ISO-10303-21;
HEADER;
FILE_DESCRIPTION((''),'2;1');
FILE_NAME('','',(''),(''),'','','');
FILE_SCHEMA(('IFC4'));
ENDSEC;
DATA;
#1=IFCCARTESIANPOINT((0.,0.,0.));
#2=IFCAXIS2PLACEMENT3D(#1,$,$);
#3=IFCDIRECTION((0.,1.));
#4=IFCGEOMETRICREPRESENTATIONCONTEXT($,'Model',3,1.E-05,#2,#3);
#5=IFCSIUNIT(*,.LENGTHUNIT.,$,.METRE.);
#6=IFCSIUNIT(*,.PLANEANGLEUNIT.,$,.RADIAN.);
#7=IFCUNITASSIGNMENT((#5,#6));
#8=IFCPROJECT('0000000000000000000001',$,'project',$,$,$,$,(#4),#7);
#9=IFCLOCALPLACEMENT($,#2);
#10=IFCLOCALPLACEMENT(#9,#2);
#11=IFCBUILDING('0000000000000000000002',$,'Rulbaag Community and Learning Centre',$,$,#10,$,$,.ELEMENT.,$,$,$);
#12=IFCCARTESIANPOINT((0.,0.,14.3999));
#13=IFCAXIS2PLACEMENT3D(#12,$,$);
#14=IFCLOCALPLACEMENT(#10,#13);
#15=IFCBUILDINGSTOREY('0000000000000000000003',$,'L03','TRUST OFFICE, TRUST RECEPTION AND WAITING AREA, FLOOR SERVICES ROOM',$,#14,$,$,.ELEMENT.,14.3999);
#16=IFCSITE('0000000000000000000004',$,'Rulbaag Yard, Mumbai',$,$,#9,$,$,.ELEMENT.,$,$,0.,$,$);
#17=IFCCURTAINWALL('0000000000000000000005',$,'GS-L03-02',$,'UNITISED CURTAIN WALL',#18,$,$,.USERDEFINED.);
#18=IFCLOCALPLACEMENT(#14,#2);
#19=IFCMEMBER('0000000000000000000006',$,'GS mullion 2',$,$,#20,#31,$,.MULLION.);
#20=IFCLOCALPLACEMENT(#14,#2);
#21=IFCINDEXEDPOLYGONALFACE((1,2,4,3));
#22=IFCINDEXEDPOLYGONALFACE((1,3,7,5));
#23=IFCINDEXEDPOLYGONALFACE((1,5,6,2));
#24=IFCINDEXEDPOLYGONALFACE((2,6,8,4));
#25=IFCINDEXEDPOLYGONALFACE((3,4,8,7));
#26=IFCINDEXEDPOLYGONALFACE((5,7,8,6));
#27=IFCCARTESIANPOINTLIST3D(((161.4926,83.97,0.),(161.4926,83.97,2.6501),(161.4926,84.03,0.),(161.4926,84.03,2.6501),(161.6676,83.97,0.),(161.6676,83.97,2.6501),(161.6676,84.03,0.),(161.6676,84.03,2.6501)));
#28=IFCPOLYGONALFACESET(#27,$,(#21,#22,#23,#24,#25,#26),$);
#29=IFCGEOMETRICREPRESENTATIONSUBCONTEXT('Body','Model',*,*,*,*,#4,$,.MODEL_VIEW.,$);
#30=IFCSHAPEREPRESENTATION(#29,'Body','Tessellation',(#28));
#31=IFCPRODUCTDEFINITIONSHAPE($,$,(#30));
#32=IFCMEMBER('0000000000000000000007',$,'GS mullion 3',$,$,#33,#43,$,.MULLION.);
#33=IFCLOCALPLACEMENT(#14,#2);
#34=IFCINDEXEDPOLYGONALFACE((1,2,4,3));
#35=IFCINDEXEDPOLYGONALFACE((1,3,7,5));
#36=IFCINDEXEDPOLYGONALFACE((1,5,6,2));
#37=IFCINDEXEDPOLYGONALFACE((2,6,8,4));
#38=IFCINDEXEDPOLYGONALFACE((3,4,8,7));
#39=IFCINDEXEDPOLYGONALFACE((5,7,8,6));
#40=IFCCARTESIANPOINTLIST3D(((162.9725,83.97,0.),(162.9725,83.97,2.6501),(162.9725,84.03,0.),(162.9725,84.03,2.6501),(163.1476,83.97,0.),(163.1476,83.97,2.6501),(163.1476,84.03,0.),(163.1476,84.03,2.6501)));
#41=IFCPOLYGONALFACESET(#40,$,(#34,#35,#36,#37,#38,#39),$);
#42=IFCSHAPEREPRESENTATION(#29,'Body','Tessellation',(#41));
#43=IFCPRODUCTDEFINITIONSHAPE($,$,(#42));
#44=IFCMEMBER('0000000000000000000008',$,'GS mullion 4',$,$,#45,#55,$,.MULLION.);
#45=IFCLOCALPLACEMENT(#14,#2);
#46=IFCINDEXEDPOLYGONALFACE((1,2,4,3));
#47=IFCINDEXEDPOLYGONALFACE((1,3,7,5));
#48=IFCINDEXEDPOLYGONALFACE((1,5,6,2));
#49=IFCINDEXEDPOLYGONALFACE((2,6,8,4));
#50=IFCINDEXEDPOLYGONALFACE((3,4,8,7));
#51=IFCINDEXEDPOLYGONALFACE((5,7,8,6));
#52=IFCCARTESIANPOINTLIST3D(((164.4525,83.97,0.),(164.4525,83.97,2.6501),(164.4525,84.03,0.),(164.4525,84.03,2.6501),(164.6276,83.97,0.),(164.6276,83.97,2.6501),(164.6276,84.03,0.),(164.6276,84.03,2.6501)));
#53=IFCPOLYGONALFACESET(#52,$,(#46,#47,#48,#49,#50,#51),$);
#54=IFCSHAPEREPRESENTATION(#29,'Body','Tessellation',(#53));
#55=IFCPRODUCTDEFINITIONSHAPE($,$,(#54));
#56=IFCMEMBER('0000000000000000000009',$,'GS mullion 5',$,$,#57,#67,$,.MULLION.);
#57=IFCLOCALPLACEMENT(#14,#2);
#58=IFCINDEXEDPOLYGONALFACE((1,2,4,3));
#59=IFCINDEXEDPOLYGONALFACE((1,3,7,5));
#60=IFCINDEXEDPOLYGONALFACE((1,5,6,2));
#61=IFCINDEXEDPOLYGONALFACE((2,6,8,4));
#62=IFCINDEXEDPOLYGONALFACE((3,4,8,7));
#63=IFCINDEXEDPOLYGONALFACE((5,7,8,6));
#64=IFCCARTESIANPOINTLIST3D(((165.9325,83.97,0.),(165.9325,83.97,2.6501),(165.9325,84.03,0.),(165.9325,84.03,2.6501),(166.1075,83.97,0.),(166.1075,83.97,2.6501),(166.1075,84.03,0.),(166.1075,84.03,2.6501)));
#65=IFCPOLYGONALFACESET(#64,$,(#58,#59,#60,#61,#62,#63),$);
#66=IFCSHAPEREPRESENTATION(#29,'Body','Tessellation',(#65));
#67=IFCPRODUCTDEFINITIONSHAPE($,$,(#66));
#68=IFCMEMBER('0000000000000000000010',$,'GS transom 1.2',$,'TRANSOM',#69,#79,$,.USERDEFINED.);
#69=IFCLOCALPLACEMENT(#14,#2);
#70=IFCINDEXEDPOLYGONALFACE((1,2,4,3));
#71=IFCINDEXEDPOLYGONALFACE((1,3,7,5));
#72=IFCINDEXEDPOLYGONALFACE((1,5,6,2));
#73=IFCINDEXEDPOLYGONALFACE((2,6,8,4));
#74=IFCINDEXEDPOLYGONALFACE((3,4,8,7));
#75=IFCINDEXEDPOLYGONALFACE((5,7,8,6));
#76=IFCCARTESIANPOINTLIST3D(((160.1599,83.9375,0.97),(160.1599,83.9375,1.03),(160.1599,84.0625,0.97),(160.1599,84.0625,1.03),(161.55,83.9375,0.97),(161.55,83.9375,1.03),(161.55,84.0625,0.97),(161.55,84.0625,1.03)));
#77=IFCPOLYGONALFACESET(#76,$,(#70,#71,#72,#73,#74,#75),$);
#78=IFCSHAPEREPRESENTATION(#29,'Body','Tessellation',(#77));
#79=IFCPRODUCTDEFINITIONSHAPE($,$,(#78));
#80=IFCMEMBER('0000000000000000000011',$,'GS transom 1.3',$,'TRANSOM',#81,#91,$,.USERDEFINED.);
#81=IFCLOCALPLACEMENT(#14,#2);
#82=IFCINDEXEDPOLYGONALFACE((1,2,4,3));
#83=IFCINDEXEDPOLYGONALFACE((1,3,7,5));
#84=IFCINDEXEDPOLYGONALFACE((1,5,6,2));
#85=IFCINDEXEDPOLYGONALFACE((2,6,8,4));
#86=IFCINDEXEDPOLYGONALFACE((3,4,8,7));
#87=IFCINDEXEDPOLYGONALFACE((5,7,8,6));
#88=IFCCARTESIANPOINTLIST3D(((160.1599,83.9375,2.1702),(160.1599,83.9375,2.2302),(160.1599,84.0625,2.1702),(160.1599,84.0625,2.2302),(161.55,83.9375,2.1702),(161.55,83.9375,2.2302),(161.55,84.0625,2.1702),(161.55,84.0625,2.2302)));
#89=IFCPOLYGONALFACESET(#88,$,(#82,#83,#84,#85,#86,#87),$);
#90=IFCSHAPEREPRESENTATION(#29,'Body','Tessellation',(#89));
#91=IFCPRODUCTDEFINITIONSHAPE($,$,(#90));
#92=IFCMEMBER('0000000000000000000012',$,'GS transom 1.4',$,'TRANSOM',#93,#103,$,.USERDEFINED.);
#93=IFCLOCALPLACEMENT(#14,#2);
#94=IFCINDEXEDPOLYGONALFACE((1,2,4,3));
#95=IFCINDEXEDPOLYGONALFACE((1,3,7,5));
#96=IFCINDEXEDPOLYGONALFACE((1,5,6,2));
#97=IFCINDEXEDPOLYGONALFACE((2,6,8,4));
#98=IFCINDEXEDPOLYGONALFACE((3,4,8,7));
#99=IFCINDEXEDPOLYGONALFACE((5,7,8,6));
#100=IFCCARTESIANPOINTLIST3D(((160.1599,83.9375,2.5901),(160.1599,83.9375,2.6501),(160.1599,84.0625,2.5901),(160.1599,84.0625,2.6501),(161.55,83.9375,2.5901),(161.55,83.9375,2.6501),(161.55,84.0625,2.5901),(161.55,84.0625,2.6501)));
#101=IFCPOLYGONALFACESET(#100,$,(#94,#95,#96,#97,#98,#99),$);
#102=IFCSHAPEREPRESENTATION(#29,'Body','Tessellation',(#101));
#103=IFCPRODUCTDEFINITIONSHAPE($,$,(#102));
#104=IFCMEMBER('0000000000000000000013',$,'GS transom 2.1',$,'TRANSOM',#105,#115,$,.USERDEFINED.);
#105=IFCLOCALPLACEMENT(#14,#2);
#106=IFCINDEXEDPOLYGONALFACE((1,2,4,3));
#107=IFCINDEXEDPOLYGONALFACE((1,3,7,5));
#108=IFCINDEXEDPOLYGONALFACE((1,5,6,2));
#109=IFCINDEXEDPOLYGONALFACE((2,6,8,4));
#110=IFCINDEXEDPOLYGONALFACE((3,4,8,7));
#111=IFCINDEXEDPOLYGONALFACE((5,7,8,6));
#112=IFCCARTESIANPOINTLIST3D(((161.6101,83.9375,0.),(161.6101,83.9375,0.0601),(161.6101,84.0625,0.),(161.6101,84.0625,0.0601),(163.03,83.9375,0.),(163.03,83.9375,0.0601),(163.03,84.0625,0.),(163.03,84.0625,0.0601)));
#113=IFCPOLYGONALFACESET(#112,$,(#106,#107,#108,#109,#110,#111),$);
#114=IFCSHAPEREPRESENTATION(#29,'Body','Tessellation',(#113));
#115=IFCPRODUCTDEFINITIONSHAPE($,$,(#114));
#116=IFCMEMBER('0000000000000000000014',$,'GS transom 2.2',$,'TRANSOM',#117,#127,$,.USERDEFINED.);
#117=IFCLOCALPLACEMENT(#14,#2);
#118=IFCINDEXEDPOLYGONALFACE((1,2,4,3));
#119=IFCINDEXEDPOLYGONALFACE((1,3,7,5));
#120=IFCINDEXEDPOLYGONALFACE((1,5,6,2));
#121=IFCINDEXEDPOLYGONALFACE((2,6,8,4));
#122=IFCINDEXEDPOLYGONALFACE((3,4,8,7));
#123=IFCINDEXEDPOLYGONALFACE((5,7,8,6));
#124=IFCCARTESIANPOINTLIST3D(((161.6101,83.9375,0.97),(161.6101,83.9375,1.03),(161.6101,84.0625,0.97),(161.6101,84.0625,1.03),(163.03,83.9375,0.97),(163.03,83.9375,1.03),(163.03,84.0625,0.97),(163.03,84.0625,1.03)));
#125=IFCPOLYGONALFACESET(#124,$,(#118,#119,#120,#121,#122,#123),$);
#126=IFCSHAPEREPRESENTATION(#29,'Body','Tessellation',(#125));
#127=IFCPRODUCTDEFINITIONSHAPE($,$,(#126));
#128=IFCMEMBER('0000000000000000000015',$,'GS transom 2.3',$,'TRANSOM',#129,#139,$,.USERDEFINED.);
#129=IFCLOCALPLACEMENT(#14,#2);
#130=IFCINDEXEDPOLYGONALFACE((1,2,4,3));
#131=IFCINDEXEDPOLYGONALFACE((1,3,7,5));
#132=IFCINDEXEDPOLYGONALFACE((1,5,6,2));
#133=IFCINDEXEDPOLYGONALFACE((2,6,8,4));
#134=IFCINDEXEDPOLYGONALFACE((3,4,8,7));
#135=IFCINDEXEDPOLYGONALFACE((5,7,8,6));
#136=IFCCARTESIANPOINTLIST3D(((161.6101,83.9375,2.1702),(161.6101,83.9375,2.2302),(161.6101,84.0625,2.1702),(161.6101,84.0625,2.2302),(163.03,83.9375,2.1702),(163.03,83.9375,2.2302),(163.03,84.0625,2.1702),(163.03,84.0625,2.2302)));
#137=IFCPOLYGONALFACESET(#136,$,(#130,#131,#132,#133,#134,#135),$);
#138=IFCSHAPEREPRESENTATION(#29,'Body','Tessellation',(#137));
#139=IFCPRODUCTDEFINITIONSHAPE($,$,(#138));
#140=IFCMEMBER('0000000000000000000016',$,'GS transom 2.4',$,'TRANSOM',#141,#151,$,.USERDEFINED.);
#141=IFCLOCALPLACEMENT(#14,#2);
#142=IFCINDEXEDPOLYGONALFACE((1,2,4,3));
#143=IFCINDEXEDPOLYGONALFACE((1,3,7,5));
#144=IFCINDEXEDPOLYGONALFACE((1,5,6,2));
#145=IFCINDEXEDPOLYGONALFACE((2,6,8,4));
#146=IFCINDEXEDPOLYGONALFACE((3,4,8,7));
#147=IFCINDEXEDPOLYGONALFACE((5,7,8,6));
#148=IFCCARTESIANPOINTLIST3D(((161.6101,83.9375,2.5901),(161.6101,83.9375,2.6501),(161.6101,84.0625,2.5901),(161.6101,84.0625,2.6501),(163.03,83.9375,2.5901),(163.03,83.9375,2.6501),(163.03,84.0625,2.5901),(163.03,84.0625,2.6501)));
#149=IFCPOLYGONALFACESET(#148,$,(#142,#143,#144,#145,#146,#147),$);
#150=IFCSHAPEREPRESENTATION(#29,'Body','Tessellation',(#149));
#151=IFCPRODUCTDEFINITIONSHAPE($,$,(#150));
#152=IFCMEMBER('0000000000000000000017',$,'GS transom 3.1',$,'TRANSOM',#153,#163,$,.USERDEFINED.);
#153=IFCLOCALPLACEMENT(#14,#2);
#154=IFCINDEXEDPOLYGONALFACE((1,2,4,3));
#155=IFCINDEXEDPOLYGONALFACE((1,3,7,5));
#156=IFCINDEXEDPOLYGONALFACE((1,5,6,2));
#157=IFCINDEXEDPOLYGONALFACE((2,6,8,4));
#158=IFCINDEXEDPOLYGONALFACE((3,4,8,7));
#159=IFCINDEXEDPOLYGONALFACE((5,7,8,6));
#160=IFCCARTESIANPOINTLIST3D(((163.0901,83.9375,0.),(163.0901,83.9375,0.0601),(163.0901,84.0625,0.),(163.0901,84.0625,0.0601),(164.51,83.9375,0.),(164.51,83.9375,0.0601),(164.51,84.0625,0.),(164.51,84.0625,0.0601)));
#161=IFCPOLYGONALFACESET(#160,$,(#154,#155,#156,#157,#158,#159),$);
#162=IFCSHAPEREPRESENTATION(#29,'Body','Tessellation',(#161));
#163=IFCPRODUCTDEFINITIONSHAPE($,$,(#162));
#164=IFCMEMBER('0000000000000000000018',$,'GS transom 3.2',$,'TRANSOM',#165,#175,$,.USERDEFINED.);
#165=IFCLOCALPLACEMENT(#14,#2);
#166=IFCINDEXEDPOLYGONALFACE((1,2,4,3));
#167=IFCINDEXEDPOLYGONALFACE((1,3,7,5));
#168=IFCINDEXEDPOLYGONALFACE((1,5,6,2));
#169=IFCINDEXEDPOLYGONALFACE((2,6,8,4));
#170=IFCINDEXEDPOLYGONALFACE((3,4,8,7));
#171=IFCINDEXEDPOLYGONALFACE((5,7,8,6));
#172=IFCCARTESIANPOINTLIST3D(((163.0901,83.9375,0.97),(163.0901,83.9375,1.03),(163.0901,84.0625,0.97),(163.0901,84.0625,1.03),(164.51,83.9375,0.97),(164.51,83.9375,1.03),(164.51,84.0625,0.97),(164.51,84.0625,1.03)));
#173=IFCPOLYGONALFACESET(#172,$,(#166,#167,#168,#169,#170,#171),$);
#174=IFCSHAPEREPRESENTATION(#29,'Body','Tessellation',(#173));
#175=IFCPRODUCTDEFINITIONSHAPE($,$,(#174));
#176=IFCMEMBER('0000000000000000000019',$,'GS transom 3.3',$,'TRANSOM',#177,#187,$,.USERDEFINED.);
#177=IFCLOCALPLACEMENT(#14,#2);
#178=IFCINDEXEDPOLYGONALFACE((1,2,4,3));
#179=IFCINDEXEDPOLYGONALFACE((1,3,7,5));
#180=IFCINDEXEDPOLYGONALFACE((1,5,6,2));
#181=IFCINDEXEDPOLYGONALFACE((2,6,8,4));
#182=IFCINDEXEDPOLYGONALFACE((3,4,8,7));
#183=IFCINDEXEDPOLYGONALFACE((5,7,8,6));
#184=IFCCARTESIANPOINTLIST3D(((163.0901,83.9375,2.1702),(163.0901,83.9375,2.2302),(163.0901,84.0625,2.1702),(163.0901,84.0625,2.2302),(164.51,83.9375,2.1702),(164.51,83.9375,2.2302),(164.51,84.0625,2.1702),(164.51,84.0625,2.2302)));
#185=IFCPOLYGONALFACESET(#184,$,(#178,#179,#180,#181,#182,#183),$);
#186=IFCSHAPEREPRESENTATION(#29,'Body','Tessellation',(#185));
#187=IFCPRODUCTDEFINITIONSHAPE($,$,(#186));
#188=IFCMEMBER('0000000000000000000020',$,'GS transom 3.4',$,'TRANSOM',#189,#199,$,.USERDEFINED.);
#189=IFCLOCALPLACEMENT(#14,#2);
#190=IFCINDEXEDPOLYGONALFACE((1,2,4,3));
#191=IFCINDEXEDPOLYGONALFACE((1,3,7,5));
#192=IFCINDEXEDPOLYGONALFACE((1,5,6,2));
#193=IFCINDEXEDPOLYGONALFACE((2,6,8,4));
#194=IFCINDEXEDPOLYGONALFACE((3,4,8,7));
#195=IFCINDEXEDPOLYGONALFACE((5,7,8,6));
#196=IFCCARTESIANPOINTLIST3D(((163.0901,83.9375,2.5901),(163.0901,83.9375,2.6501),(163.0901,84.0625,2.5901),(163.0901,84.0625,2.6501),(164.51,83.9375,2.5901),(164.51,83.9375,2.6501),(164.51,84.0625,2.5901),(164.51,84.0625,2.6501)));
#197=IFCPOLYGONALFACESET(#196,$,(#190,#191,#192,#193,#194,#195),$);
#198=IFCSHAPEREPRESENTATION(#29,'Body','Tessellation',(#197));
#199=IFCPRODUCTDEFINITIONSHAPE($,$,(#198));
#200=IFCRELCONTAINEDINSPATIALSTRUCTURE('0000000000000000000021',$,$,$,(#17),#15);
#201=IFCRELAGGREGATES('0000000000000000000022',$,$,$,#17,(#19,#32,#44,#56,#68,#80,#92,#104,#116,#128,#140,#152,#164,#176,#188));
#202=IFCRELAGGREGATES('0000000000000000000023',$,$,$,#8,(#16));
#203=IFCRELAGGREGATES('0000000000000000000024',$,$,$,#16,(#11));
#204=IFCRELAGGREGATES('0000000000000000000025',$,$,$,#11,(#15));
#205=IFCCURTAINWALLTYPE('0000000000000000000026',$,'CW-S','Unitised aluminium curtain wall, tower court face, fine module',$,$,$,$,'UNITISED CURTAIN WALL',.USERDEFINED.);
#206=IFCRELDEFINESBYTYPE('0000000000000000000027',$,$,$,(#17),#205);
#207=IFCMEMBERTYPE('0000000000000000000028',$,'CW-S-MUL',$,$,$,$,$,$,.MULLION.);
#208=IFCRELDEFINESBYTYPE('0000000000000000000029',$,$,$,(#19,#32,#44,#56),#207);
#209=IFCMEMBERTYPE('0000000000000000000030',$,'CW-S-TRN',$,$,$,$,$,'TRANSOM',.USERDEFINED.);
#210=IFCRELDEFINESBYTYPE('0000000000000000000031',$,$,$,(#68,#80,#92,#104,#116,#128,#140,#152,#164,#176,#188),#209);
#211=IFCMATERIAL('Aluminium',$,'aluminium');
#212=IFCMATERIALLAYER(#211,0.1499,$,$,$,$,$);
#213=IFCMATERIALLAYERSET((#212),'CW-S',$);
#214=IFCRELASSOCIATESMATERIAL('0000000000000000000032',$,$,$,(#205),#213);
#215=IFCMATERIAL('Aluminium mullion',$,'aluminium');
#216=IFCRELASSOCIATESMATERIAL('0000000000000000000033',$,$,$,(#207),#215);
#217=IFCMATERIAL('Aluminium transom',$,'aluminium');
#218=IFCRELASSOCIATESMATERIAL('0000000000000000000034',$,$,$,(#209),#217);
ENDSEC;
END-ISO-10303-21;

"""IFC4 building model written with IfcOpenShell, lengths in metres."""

from ifc_helpers import new_model, si_unit, direction, frame, origin, origin_2d, place, context, subcontext, project, spatial, rectangle, extrude, material, layer, layer_set, material_profile, profile_set, type_object, element, aggregate, save


model = new_model("IFC4")

# Units and contexts
model_context = context("Model", 3, precision=1e-05, world=origin(), true_north=direction((0.0, 1.0)))
body_context = subcontext(model_context, "Body", "Model", "MODEL_VIEW")
ifc_project = project(units=[si_unit("LENGTHUNIT", "METRE"), si_unit("PLANEANGLEUNIT", "RADIAN")], contexts=[model_context])

# Site, building, storey
site_placement = place(None, origin())
site = spatial("IfcSite", under=ifc_project, at=site_placement, Name="Rulbaag Yard, Mumbai", CompositionType="ELEMENT", RefElevation=0.0)
building_placement = place(site_placement, origin())
building = spatial("IfcBuilding", under=site, at=building_placement, Name="Rulbaag Community and Learning Centre", CompositionType="ELEMENT")
storey_placement = place(building_placement, frame((0.0, 0.0, 14.3999)))
storey = spatial("IfcBuildingStorey", under=building, at=storey_placement, Name="L03", Description="TRUST OFFICE, TRUST RECEPTION AND WAITING AREA, FLOOR SERVICES ROOM", CompositionType="ELEMENT", Elevation=14.3999)

# Curtain wall, members
ifc_material_1 = material(Name="Aluminium", Category="aluminium")
ifc_layer_1 = layer(ifc_material_1, 0.1499)
ifc_layer_set_1 = layer_set([ifc_layer_1], Name="CW-S")
curtain_wall_type = type_object("IfcCurtainWallType", Name="CW-S", Description="Unitised aluminium curtain wall, tower court face, fine module", ElementType="UNITISED CURTAIN WALL", PredefinedType="USERDEFINED", material=ifc_layer_set_1)
curtain_wall_placement = place(storey_placement, origin())
curtain_wall = element("IfcCurtainWall", 1, at=curtain_wall_placement, inside=storey, type_object=curtain_wall_type, Name="GS-L03-02", ObjectType="UNITISED CURTAIN WALL", PredefinedType="USERDEFINED")
ifc_material_2 = material(Name="Aluminium mullion", Category="aluminium")
ifc_material_profile_1 = material_profile(ifc_material_2, rectangle(XDim=0.0601, YDim=0.175, at=origin_2d()), Name="AL 60x175")
ifc_profile_set_1 = profile_set([ifc_material_profile_1], Name="Aluminium mullion")
member_type_1 = type_object("IfcMemberType", Name="CW-S-MUL", PredefinedType="MULLION", material=ifc_profile_set_1)
member_1_placement = place(storey_placement, frame((161.5801, 84.0, 0.0), z_axis=(0.0, 0.0, 1.0), x_axis=(0.0, 1.0, 0.0)))
member_1 = element("IfcMember", 2, at=member_1_placement, type_object=member_type_1, Name="GS mullion 2", PredefinedType="MULLION", context=body_context, shape_type="SweptSolid", body=[
    extrude(rectangle(XDim=0.0601, YDim=0.175, at=origin_2d()), origin(), (0.0, 0.0, 1.0), 2.6501),
])
member_2_placement = place(storey_placement, frame((163.0601, 84.0, 0.0), z_axis=(0.0, 0.0, 1.0), x_axis=(0.0, 1.0, 0.0)))
member_2 = element("IfcMember", 3, at=member_2_placement, type_object=member_type_1, Name="GS mullion 3", PredefinedType="MULLION", context=body_context, shape_type="SweptSolid", body=[
    extrude(rectangle(XDim=0.0601, YDim=0.175, at=origin_2d()), origin(), (0.0, 0.0, 1.0), 2.6501),
])
member_3_placement = place(storey_placement, frame((164.54, 84.0, 0.0), z_axis=(0.0, 0.0, 1.0), x_axis=(0.0, 1.0, 0.0)))
member_3 = element("IfcMember", 4, at=member_3_placement, type_object=member_type_1, Name="GS mullion 4", PredefinedType="MULLION", context=body_context, shape_type="SweptSolid", body=[
    extrude(rectangle(XDim=0.0601, YDim=0.175, at=origin_2d()), origin(), (0.0, 0.0, 1.0), 2.6501),
])
member_4_placement = place(storey_placement, frame((166.02, 84.0, 0.0), z_axis=(0.0, 0.0, 1.0), x_axis=(0.0, 1.0, 0.0)))
member_4 = element("IfcMember", 5, at=member_4_placement, type_object=member_type_1, Name="GS mullion 5", PredefinedType="MULLION", context=body_context, shape_type="SweptSolid", body=[
    extrude(rectangle(XDim=0.0601, YDim=0.175, at=origin_2d()), origin(), (0.0, 0.0, 1.0), 2.6501),
])
ifc_material_3 = material(Name="Aluminium transom", Category="aluminium")
ifc_material_profile_2 = material_profile(ifc_material_3, rectangle(XDim=0.125, YDim=0.0601, at=origin_2d()), Name="AL 60x125 T")
ifc_profile_set_2 = profile_set([ifc_material_profile_2], Name="Aluminium transom")
member_type_2 = type_object("IfcMemberType", Name="CW-S-TRN", ElementType="TRANSOM", PredefinedType="USERDEFINED", material=ifc_profile_set_2)
member_5_placement = place(storey_placement, frame((160.1599, 84.0, 1.0), z_axis=(1.0, 0.0, 0.0), x_axis=(0.0, 1.0, 0.0)))
member_5 = element("IfcMember", 6, at=member_5_placement, type_object=member_type_2, Name="GS transom 1.2", ObjectType="TRANSOM", PredefinedType="USERDEFINED", context=body_context, shape_type="SweptSolid", body=[
    extrude(rectangle(XDim=0.125, YDim=0.0601, at=origin_2d()), origin(), (0.0, 0.0, 1.0), 1.3901),
])
member_6_placement = place(storey_placement, frame((160.1599, 84.0, 2.2002), z_axis=(1.0, 0.0, 0.0), x_axis=(0.0, 1.0, 0.0)))
member_6 = element("IfcMember", 7, at=member_6_placement, type_object=member_type_2, Name="GS transom 1.3", ObjectType="TRANSOM", PredefinedType="USERDEFINED", context=body_context, shape_type="SweptSolid", body=[
    extrude(rectangle(XDim=0.125, YDim=0.0601, at=origin_2d()), origin(), (0.0, 0.0, 1.0), 1.3901),
])
member_7_placement = place(storey_placement, frame((160.1599, 84.0, 2.6201), z_axis=(1.0, 0.0, 0.0), x_axis=(0.0, 1.0, 0.0)))
member_7 = element("IfcMember", 8, at=member_7_placement, type_object=member_type_2, Name="GS transom 1.4", ObjectType="TRANSOM", PredefinedType="USERDEFINED", context=body_context, shape_type="SweptSolid", body=[
    extrude(rectangle(XDim=0.125, YDim=0.0601, at=origin_2d()), origin(), (0.0, 0.0, 1.0), 1.3901),
])
member_8_placement = place(storey_placement, frame((161.6101, 84.0, 0.03), z_axis=(1.0, 0.0, 0.0), x_axis=(0.0, 1.0, 0.0)))
member_8 = element("IfcMember", 9, at=member_8_placement, type_object=member_type_2, Name="GS transom 2.1", ObjectType="TRANSOM", PredefinedType="USERDEFINED", context=body_context, shape_type="SweptSolid", body=[
    extrude(rectangle(XDim=0.125, YDim=0.0601, at=origin_2d()), origin(), (0.0, 0.0, 1.0), 1.4199),
])
member_9_placement = place(storey_placement, frame((161.6101, 84.0, 1.0), z_axis=(1.0, 0.0, 0.0), x_axis=(0.0, 1.0, 0.0)))
member_9 = element("IfcMember", 10, at=member_9_placement, type_object=member_type_2, Name="GS transom 2.2", ObjectType="TRANSOM", PredefinedType="USERDEFINED", context=body_context, shape_type="SweptSolid", body=[
    extrude(rectangle(XDim=0.125, YDim=0.0601, at=origin_2d()), origin(), (0.0, 0.0, 1.0), 1.4199),
])
member_10_placement = place(storey_placement, frame((161.6101, 84.0, 2.2002), z_axis=(1.0, 0.0, 0.0), x_axis=(0.0, 1.0, 0.0)))
member_10 = element("IfcMember", 11, at=member_10_placement, type_object=member_type_2, Name="GS transom 2.3", ObjectType="TRANSOM", PredefinedType="USERDEFINED", context=body_context, shape_type="SweptSolid", body=[
    extrude(rectangle(XDim=0.125, YDim=0.0601, at=origin_2d()), origin(), (0.0, 0.0, 1.0), 1.4199),
])
member_11_placement = place(storey_placement, frame((161.6101, 84.0, 2.6201), z_axis=(1.0, 0.0, 0.0), x_axis=(0.0, 1.0, 0.0)))
member_11 = element("IfcMember", 12, at=member_11_placement, type_object=member_type_2, Name="GS transom 2.4", ObjectType="TRANSOM", PredefinedType="USERDEFINED", context=body_context, shape_type="SweptSolid", body=[
    extrude(rectangle(XDim=0.125, YDim=0.0601, at=origin_2d()), origin(), (0.0, 0.0, 1.0), 1.4199),
])
member_12_placement = place(storey_placement, frame((163.0901, 84.0, 0.03), z_axis=(1.0, 0.0, 0.0), x_axis=(0.0, 1.0, 0.0)))
member_12 = element("IfcMember", 13, at=member_12_placement, type_object=member_type_2, Name="GS transom 3.1", ObjectType="TRANSOM", PredefinedType="USERDEFINED", context=body_context, shape_type="SweptSolid", body=[
    extrude(rectangle(XDim=0.125, YDim=0.0601, at=origin_2d()), origin(), (0.0, 0.0, 1.0), 1.4199),
])
member_13_placement = place(storey_placement, frame((163.0901, 84.0, 1.0), z_axis=(1.0, 0.0, 0.0), x_axis=(0.0, 1.0, 0.0)))
member_13 = element("IfcMember", 14, at=member_13_placement, type_object=member_type_2, Name="GS transom 3.2", ObjectType="TRANSOM", PredefinedType="USERDEFINED", context=body_context, shape_type="SweptSolid", body=[
    extrude(rectangle(XDim=0.125, YDim=0.0601, at=origin_2d()), origin(), (0.0, 0.0, 1.0), 1.4199),
])
member_14_placement = place(storey_placement, frame((163.0901, 84.0, 2.2002), z_axis=(1.0, 0.0, 0.0), x_axis=(0.0, 1.0, 0.0)))
member_14 = element("IfcMember", 15, at=member_14_placement, type_object=member_type_2, Name="GS transom 3.3", ObjectType="TRANSOM", PredefinedType="USERDEFINED", context=body_context, shape_type="SweptSolid", body=[
    extrude(rectangle(XDim=0.125, YDim=0.0601, at=origin_2d()), origin(), (0.0, 0.0, 1.0), 1.4199),
])
member_15_placement = place(storey_placement, frame((163.0901, 84.0, 2.6201), z_axis=(1.0, 0.0, 0.0), x_axis=(0.0, 1.0, 0.0)))
member_15 = element("IfcMember", 16, at=member_15_placement, type_object=member_type_2, Name="GS transom 3.4", ObjectType="TRANSOM", PredefinedType="USERDEFINED", context=body_context, shape_type="SweptSolid", body=[
    extrude(rectangle(XDim=0.125, YDim=0.0601, at=origin_2d()), origin(), (0.0, 0.0, 1.0), 1.4199),
])
aggregate(curtain_wall, [member_1, member_2, member_3, member_4, member_5, member_6, member_7, member_8, member_9, member_10, member_11, member_12, member_13, member_14, member_15])

save(model, "model.ifc")
